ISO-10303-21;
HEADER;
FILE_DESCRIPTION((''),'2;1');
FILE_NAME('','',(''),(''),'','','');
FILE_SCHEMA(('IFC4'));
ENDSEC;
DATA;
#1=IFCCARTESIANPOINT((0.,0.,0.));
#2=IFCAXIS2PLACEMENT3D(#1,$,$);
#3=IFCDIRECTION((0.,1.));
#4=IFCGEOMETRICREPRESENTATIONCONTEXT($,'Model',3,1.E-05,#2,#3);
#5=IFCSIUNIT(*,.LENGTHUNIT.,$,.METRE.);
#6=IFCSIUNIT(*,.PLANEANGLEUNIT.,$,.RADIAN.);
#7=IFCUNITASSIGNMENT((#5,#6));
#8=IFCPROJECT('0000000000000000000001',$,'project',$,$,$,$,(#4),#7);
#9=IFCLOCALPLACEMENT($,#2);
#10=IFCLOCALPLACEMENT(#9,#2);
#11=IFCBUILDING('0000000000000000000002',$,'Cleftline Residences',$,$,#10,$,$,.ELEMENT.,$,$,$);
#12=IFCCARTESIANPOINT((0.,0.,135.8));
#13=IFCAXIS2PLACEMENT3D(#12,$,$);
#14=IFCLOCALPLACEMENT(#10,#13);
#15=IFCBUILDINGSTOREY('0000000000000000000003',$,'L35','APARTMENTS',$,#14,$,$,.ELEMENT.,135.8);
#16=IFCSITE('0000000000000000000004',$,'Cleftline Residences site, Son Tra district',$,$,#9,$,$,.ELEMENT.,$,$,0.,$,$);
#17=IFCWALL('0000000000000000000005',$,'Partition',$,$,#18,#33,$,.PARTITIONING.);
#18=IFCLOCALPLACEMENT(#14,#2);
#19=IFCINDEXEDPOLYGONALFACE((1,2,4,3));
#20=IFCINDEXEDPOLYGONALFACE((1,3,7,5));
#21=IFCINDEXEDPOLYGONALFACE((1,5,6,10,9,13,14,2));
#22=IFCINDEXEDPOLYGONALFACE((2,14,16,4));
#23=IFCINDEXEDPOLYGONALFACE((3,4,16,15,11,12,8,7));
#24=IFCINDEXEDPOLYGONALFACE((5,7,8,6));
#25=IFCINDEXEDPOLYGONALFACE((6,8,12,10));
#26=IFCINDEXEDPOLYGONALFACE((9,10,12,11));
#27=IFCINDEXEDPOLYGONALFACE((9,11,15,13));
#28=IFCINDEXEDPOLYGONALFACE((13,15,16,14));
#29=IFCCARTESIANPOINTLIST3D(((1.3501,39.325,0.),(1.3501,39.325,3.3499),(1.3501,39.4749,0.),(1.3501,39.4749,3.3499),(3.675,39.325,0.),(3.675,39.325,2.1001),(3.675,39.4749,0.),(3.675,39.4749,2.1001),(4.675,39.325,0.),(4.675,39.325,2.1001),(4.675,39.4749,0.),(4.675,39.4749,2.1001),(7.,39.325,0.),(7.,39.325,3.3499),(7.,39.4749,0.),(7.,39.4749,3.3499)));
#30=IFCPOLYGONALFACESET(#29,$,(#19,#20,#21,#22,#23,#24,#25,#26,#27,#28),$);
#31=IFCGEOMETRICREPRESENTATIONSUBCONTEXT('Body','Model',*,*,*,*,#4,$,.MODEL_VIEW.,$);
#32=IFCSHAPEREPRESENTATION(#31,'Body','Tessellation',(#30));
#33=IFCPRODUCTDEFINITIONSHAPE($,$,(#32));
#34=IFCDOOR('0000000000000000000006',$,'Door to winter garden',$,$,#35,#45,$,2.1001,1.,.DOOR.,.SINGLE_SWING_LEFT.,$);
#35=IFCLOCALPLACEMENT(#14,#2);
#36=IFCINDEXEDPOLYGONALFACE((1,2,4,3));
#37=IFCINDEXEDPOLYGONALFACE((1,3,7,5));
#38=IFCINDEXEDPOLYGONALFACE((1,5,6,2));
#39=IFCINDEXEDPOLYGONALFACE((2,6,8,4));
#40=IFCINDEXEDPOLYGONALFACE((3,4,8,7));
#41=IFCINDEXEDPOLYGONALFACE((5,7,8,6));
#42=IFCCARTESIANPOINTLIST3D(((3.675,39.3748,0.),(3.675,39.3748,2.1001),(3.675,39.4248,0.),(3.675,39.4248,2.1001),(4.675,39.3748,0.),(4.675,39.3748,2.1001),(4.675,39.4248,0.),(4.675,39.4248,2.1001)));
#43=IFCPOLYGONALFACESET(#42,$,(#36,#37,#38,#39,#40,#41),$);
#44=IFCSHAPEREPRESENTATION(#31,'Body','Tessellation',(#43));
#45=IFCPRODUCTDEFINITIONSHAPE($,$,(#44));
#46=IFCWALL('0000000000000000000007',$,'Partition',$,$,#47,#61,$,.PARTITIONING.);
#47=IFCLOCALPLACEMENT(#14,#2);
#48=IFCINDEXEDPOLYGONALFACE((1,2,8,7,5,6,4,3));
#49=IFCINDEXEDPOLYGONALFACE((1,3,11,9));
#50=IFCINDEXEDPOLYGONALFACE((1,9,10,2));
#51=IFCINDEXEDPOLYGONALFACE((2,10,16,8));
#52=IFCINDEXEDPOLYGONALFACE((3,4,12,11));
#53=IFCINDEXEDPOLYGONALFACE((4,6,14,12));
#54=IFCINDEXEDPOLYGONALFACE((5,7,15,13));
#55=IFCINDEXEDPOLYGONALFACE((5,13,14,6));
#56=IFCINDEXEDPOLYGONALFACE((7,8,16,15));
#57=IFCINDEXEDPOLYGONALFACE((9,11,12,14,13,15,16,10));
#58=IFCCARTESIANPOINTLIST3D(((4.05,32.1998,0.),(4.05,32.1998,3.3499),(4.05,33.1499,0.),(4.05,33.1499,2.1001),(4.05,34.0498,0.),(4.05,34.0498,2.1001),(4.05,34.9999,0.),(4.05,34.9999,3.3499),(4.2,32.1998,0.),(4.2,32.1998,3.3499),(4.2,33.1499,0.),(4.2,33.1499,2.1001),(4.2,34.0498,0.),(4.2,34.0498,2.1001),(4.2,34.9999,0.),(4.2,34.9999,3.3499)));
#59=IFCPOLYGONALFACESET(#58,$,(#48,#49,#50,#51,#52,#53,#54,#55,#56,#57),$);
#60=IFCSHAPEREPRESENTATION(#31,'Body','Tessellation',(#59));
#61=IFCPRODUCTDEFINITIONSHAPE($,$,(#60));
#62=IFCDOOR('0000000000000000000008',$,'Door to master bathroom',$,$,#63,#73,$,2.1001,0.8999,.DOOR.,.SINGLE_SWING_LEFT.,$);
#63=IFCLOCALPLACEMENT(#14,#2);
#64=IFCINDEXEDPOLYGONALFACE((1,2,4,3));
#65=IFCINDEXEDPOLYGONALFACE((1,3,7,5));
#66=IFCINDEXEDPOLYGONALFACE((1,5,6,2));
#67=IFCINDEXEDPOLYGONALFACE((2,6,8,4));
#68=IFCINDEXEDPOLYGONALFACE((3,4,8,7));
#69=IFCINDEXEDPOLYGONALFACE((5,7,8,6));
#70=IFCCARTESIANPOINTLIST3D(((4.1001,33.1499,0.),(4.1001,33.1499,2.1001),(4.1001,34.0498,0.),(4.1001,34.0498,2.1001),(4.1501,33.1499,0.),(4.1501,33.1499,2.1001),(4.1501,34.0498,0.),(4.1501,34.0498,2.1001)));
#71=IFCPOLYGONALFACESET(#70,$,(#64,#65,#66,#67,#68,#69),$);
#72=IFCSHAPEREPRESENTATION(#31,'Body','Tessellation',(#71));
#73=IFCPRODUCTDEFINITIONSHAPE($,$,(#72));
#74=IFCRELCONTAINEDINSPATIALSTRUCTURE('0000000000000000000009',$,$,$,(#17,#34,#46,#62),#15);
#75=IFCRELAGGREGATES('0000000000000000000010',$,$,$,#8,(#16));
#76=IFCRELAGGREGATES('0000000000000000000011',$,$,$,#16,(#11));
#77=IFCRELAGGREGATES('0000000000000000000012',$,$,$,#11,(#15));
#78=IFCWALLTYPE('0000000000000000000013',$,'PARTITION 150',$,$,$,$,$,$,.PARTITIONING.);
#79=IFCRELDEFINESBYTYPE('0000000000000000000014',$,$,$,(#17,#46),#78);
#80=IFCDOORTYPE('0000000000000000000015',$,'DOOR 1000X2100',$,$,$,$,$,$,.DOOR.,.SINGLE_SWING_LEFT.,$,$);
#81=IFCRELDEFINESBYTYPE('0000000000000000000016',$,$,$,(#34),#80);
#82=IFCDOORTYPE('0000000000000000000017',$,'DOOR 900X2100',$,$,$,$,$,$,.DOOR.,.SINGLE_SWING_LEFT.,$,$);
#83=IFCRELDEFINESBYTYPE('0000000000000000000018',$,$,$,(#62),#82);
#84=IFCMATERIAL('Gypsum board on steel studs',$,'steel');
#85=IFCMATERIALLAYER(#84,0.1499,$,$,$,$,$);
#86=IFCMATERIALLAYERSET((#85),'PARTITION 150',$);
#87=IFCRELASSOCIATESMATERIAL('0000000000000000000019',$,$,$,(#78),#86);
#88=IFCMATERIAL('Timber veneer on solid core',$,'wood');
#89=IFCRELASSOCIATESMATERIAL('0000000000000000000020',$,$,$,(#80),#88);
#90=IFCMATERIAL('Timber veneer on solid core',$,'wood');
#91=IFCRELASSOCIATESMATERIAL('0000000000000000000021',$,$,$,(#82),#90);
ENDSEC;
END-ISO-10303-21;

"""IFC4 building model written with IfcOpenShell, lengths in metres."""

from ifc_helpers import new_model, si_unit, direction, frame, frame_2d, origin, place, context, subcontext, project, spatial, rectangle, extrude, material, layer, layer_set, type_object, element, fill, save


model = new_model("IFC4")

# Units and contexts
model_context = context("Model", 3, precision=1e-05, world=origin(), true_north=direction((0.0, 1.0)))
body_context = subcontext(model_context, "Body", "Model", "MODEL_VIEW")
ifc_project = project(units=[si_unit("LENGTHUNIT", "METRE"), si_unit("PLANEANGLEUNIT", "RADIAN")], contexts=[model_context])

# Site, building, storey
site_placement = place(None, origin())
site = spatial("IfcSite", under=ifc_project, at=site_placement, Name="Cleftline Residences site, Son Tra district", CompositionType="ELEMENT", RefElevation=0.0)
building_placement = place(site_placement, origin())
building = spatial("IfcBuilding", under=site, at=building_placement, Name="Cleftline Residences", CompositionType="ELEMENT")
storey_placement = place(building_placement, frame((0.0, 0.0, 135.8)))
storey = spatial("IfcBuildingStorey", under=building, at=storey_placement, Name="L35", Description="APARTMENTS", CompositionType="ELEMENT", Elevation=135.8)

# Shared definitions
ifc_material_1 = material(Name="Gypsum board on steel studs", Category="steel")
ifc_layer_1 = layer(ifc_material_1, 0.1499)
ifc_layer_set_1 = layer_set([ifc_layer_1], Name="PARTITION 150")
wall_type_1 = type_object("IfcWallType", Name="PARTITION 150", PredefinedType="PARTITIONING", material=ifc_layer_set_1)

# Walls, openings, doors
ifc_material_2 = material(Name="Timber veneer on solid core", Category="wood")
door_type_1 = type_object("IfcDoorType", Name="DOOR 1000X2100", OperationType="SINGLE_SWING_LEFT", PredefinedType="DOOR", material=ifc_material_2)
wall_1_placement = place(storey_placement, frame((1.3501, 39.3999, 0.0), z_axis=(0.0, 0.0, 1.0), x_axis=(1.0, 0.0, 0.0)))
wall_1 = element("IfcWall", 1, at=wall_1_placement, inside=storey, type_object=wall_type_1, Name="Partition", PredefinedType="PARTITIONING", context=body_context, shape_type="SweptSolid", body=[
    extrude(rectangle(XDim=5.6499, YDim=0.1499, at=frame_2d((2.825, 0.0))), origin(), (0.0, 0.0, 1.0), 3.3499),
])
opening_1_placement = place(wall_1_placement, frame((2.325, 0.0, 0.0)))
opening_1 = element("IfcOpeningElement", 2, at=opening_1_placement, cuts=wall_1, PredefinedType="OPENING", context=body_context, shape_type="SweptSolid", body=[
    extrude(rectangle(XDim=1.0, YDim=2.1001, at=frame_2d((0.5, 1.05))), frame((0.0, 0.085, 0.0), z_axis=(0.0, -1.0, 0.0), x_axis=(1.0, 0.0, 0.0)), (0.0, 0.0, 1.0), 0.1699),
])
door_1_placement = place(opening_1_placement, origin())
door_1 = element("IfcDoor", 3, at=door_1_placement, inside=storey, type_object=door_type_1, Name="Door to winter garden", OperationType="SINGLE_SWING_LEFT", OverallHeight=2.1001, OverallWidth=1.0, PredefinedType="DOOR", context=body_context, shape_type="SweptSolid", body=[
    extrude(rectangle(XDim=1.0, YDim=2.1001, at=frame_2d((0.5, 1.05))), frame((0.0, 0.0249, 0.0), z_axis=(0.0, -1.0, 0.0), x_axis=(1.0, 0.0, 0.0)), (0.0, 0.0, 1.0), 0.05),
])
fill(opening_1, door_1)
wall_2_placement = place(storey_placement, frame((4.125, 32.2, 0.0), z_axis=(0.0, 0.0, 1.0), x_axis=(0.0, 1.0, 0.0)))
wall_2 = element("IfcWall", 4, at=wall_2_placement, inside=storey, type_object=wall_type_1, Name="Partition", PredefinedType="PARTITIONING", context=body_context, shape_type="SweptSolid", body=[
    extrude(rectangle(XDim=2.8, YDim=0.1499, at=frame_2d((1.3999, 0.0))), origin(), (0.0, 0.0, 1.0), 3.3499),
])
opening_2_placement = place(wall_2_placement, frame((0.95, 0.0, 0.0)))
opening_2 = element("IfcOpeningElement", 5, at=opening_2_placement, cuts=wall_2, PredefinedType="OPENING", context=body_context, shape_type="SweptSolid", body=[
    extrude(rectangle(XDim=0.8999, YDim=2.1001, at=frame_2d((0.45, 1.05))), frame((0.0, 0.085, 0.0), z_axis=(0.0, -1.0, 0.0), x_axis=(1.0, 0.0, 0.0)), (0.0, 0.0, 1.0), 0.1699),
])
ifc_material_3 = material(Name="Timber veneer on solid core", Category="wood")
door_type_2 = type_object("IfcDoorType", Name="DOOR 900X2100", OperationType="SINGLE_SWING_LEFT", PredefinedType="DOOR", material=ifc_material_3)
door_2_placement = place(opening_2_placement, origin())
door_2 = element("IfcDoor", 6, at=door_2_placement, inside=storey, type_object=door_type_2, Name="Door to master bathroom", OperationType="SINGLE_SWING_LEFT", OverallHeight=2.1001, OverallWidth=0.8999, PredefinedType="DOOR", context=body_context, shape_type="SweptSolid", body=[
    extrude(rectangle(XDim=0.8999, YDim=2.1001, at=frame_2d((0.45, 1.05))), frame((0.0, 0.0249, 0.0), z_axis=(0.0, -1.0, 0.0), x_axis=(1.0, 0.0, 0.0)), (0.0, 0.0, 1.0), 0.05),
])
fill(opening_2, door_2)

save(model, "model.ifc")
